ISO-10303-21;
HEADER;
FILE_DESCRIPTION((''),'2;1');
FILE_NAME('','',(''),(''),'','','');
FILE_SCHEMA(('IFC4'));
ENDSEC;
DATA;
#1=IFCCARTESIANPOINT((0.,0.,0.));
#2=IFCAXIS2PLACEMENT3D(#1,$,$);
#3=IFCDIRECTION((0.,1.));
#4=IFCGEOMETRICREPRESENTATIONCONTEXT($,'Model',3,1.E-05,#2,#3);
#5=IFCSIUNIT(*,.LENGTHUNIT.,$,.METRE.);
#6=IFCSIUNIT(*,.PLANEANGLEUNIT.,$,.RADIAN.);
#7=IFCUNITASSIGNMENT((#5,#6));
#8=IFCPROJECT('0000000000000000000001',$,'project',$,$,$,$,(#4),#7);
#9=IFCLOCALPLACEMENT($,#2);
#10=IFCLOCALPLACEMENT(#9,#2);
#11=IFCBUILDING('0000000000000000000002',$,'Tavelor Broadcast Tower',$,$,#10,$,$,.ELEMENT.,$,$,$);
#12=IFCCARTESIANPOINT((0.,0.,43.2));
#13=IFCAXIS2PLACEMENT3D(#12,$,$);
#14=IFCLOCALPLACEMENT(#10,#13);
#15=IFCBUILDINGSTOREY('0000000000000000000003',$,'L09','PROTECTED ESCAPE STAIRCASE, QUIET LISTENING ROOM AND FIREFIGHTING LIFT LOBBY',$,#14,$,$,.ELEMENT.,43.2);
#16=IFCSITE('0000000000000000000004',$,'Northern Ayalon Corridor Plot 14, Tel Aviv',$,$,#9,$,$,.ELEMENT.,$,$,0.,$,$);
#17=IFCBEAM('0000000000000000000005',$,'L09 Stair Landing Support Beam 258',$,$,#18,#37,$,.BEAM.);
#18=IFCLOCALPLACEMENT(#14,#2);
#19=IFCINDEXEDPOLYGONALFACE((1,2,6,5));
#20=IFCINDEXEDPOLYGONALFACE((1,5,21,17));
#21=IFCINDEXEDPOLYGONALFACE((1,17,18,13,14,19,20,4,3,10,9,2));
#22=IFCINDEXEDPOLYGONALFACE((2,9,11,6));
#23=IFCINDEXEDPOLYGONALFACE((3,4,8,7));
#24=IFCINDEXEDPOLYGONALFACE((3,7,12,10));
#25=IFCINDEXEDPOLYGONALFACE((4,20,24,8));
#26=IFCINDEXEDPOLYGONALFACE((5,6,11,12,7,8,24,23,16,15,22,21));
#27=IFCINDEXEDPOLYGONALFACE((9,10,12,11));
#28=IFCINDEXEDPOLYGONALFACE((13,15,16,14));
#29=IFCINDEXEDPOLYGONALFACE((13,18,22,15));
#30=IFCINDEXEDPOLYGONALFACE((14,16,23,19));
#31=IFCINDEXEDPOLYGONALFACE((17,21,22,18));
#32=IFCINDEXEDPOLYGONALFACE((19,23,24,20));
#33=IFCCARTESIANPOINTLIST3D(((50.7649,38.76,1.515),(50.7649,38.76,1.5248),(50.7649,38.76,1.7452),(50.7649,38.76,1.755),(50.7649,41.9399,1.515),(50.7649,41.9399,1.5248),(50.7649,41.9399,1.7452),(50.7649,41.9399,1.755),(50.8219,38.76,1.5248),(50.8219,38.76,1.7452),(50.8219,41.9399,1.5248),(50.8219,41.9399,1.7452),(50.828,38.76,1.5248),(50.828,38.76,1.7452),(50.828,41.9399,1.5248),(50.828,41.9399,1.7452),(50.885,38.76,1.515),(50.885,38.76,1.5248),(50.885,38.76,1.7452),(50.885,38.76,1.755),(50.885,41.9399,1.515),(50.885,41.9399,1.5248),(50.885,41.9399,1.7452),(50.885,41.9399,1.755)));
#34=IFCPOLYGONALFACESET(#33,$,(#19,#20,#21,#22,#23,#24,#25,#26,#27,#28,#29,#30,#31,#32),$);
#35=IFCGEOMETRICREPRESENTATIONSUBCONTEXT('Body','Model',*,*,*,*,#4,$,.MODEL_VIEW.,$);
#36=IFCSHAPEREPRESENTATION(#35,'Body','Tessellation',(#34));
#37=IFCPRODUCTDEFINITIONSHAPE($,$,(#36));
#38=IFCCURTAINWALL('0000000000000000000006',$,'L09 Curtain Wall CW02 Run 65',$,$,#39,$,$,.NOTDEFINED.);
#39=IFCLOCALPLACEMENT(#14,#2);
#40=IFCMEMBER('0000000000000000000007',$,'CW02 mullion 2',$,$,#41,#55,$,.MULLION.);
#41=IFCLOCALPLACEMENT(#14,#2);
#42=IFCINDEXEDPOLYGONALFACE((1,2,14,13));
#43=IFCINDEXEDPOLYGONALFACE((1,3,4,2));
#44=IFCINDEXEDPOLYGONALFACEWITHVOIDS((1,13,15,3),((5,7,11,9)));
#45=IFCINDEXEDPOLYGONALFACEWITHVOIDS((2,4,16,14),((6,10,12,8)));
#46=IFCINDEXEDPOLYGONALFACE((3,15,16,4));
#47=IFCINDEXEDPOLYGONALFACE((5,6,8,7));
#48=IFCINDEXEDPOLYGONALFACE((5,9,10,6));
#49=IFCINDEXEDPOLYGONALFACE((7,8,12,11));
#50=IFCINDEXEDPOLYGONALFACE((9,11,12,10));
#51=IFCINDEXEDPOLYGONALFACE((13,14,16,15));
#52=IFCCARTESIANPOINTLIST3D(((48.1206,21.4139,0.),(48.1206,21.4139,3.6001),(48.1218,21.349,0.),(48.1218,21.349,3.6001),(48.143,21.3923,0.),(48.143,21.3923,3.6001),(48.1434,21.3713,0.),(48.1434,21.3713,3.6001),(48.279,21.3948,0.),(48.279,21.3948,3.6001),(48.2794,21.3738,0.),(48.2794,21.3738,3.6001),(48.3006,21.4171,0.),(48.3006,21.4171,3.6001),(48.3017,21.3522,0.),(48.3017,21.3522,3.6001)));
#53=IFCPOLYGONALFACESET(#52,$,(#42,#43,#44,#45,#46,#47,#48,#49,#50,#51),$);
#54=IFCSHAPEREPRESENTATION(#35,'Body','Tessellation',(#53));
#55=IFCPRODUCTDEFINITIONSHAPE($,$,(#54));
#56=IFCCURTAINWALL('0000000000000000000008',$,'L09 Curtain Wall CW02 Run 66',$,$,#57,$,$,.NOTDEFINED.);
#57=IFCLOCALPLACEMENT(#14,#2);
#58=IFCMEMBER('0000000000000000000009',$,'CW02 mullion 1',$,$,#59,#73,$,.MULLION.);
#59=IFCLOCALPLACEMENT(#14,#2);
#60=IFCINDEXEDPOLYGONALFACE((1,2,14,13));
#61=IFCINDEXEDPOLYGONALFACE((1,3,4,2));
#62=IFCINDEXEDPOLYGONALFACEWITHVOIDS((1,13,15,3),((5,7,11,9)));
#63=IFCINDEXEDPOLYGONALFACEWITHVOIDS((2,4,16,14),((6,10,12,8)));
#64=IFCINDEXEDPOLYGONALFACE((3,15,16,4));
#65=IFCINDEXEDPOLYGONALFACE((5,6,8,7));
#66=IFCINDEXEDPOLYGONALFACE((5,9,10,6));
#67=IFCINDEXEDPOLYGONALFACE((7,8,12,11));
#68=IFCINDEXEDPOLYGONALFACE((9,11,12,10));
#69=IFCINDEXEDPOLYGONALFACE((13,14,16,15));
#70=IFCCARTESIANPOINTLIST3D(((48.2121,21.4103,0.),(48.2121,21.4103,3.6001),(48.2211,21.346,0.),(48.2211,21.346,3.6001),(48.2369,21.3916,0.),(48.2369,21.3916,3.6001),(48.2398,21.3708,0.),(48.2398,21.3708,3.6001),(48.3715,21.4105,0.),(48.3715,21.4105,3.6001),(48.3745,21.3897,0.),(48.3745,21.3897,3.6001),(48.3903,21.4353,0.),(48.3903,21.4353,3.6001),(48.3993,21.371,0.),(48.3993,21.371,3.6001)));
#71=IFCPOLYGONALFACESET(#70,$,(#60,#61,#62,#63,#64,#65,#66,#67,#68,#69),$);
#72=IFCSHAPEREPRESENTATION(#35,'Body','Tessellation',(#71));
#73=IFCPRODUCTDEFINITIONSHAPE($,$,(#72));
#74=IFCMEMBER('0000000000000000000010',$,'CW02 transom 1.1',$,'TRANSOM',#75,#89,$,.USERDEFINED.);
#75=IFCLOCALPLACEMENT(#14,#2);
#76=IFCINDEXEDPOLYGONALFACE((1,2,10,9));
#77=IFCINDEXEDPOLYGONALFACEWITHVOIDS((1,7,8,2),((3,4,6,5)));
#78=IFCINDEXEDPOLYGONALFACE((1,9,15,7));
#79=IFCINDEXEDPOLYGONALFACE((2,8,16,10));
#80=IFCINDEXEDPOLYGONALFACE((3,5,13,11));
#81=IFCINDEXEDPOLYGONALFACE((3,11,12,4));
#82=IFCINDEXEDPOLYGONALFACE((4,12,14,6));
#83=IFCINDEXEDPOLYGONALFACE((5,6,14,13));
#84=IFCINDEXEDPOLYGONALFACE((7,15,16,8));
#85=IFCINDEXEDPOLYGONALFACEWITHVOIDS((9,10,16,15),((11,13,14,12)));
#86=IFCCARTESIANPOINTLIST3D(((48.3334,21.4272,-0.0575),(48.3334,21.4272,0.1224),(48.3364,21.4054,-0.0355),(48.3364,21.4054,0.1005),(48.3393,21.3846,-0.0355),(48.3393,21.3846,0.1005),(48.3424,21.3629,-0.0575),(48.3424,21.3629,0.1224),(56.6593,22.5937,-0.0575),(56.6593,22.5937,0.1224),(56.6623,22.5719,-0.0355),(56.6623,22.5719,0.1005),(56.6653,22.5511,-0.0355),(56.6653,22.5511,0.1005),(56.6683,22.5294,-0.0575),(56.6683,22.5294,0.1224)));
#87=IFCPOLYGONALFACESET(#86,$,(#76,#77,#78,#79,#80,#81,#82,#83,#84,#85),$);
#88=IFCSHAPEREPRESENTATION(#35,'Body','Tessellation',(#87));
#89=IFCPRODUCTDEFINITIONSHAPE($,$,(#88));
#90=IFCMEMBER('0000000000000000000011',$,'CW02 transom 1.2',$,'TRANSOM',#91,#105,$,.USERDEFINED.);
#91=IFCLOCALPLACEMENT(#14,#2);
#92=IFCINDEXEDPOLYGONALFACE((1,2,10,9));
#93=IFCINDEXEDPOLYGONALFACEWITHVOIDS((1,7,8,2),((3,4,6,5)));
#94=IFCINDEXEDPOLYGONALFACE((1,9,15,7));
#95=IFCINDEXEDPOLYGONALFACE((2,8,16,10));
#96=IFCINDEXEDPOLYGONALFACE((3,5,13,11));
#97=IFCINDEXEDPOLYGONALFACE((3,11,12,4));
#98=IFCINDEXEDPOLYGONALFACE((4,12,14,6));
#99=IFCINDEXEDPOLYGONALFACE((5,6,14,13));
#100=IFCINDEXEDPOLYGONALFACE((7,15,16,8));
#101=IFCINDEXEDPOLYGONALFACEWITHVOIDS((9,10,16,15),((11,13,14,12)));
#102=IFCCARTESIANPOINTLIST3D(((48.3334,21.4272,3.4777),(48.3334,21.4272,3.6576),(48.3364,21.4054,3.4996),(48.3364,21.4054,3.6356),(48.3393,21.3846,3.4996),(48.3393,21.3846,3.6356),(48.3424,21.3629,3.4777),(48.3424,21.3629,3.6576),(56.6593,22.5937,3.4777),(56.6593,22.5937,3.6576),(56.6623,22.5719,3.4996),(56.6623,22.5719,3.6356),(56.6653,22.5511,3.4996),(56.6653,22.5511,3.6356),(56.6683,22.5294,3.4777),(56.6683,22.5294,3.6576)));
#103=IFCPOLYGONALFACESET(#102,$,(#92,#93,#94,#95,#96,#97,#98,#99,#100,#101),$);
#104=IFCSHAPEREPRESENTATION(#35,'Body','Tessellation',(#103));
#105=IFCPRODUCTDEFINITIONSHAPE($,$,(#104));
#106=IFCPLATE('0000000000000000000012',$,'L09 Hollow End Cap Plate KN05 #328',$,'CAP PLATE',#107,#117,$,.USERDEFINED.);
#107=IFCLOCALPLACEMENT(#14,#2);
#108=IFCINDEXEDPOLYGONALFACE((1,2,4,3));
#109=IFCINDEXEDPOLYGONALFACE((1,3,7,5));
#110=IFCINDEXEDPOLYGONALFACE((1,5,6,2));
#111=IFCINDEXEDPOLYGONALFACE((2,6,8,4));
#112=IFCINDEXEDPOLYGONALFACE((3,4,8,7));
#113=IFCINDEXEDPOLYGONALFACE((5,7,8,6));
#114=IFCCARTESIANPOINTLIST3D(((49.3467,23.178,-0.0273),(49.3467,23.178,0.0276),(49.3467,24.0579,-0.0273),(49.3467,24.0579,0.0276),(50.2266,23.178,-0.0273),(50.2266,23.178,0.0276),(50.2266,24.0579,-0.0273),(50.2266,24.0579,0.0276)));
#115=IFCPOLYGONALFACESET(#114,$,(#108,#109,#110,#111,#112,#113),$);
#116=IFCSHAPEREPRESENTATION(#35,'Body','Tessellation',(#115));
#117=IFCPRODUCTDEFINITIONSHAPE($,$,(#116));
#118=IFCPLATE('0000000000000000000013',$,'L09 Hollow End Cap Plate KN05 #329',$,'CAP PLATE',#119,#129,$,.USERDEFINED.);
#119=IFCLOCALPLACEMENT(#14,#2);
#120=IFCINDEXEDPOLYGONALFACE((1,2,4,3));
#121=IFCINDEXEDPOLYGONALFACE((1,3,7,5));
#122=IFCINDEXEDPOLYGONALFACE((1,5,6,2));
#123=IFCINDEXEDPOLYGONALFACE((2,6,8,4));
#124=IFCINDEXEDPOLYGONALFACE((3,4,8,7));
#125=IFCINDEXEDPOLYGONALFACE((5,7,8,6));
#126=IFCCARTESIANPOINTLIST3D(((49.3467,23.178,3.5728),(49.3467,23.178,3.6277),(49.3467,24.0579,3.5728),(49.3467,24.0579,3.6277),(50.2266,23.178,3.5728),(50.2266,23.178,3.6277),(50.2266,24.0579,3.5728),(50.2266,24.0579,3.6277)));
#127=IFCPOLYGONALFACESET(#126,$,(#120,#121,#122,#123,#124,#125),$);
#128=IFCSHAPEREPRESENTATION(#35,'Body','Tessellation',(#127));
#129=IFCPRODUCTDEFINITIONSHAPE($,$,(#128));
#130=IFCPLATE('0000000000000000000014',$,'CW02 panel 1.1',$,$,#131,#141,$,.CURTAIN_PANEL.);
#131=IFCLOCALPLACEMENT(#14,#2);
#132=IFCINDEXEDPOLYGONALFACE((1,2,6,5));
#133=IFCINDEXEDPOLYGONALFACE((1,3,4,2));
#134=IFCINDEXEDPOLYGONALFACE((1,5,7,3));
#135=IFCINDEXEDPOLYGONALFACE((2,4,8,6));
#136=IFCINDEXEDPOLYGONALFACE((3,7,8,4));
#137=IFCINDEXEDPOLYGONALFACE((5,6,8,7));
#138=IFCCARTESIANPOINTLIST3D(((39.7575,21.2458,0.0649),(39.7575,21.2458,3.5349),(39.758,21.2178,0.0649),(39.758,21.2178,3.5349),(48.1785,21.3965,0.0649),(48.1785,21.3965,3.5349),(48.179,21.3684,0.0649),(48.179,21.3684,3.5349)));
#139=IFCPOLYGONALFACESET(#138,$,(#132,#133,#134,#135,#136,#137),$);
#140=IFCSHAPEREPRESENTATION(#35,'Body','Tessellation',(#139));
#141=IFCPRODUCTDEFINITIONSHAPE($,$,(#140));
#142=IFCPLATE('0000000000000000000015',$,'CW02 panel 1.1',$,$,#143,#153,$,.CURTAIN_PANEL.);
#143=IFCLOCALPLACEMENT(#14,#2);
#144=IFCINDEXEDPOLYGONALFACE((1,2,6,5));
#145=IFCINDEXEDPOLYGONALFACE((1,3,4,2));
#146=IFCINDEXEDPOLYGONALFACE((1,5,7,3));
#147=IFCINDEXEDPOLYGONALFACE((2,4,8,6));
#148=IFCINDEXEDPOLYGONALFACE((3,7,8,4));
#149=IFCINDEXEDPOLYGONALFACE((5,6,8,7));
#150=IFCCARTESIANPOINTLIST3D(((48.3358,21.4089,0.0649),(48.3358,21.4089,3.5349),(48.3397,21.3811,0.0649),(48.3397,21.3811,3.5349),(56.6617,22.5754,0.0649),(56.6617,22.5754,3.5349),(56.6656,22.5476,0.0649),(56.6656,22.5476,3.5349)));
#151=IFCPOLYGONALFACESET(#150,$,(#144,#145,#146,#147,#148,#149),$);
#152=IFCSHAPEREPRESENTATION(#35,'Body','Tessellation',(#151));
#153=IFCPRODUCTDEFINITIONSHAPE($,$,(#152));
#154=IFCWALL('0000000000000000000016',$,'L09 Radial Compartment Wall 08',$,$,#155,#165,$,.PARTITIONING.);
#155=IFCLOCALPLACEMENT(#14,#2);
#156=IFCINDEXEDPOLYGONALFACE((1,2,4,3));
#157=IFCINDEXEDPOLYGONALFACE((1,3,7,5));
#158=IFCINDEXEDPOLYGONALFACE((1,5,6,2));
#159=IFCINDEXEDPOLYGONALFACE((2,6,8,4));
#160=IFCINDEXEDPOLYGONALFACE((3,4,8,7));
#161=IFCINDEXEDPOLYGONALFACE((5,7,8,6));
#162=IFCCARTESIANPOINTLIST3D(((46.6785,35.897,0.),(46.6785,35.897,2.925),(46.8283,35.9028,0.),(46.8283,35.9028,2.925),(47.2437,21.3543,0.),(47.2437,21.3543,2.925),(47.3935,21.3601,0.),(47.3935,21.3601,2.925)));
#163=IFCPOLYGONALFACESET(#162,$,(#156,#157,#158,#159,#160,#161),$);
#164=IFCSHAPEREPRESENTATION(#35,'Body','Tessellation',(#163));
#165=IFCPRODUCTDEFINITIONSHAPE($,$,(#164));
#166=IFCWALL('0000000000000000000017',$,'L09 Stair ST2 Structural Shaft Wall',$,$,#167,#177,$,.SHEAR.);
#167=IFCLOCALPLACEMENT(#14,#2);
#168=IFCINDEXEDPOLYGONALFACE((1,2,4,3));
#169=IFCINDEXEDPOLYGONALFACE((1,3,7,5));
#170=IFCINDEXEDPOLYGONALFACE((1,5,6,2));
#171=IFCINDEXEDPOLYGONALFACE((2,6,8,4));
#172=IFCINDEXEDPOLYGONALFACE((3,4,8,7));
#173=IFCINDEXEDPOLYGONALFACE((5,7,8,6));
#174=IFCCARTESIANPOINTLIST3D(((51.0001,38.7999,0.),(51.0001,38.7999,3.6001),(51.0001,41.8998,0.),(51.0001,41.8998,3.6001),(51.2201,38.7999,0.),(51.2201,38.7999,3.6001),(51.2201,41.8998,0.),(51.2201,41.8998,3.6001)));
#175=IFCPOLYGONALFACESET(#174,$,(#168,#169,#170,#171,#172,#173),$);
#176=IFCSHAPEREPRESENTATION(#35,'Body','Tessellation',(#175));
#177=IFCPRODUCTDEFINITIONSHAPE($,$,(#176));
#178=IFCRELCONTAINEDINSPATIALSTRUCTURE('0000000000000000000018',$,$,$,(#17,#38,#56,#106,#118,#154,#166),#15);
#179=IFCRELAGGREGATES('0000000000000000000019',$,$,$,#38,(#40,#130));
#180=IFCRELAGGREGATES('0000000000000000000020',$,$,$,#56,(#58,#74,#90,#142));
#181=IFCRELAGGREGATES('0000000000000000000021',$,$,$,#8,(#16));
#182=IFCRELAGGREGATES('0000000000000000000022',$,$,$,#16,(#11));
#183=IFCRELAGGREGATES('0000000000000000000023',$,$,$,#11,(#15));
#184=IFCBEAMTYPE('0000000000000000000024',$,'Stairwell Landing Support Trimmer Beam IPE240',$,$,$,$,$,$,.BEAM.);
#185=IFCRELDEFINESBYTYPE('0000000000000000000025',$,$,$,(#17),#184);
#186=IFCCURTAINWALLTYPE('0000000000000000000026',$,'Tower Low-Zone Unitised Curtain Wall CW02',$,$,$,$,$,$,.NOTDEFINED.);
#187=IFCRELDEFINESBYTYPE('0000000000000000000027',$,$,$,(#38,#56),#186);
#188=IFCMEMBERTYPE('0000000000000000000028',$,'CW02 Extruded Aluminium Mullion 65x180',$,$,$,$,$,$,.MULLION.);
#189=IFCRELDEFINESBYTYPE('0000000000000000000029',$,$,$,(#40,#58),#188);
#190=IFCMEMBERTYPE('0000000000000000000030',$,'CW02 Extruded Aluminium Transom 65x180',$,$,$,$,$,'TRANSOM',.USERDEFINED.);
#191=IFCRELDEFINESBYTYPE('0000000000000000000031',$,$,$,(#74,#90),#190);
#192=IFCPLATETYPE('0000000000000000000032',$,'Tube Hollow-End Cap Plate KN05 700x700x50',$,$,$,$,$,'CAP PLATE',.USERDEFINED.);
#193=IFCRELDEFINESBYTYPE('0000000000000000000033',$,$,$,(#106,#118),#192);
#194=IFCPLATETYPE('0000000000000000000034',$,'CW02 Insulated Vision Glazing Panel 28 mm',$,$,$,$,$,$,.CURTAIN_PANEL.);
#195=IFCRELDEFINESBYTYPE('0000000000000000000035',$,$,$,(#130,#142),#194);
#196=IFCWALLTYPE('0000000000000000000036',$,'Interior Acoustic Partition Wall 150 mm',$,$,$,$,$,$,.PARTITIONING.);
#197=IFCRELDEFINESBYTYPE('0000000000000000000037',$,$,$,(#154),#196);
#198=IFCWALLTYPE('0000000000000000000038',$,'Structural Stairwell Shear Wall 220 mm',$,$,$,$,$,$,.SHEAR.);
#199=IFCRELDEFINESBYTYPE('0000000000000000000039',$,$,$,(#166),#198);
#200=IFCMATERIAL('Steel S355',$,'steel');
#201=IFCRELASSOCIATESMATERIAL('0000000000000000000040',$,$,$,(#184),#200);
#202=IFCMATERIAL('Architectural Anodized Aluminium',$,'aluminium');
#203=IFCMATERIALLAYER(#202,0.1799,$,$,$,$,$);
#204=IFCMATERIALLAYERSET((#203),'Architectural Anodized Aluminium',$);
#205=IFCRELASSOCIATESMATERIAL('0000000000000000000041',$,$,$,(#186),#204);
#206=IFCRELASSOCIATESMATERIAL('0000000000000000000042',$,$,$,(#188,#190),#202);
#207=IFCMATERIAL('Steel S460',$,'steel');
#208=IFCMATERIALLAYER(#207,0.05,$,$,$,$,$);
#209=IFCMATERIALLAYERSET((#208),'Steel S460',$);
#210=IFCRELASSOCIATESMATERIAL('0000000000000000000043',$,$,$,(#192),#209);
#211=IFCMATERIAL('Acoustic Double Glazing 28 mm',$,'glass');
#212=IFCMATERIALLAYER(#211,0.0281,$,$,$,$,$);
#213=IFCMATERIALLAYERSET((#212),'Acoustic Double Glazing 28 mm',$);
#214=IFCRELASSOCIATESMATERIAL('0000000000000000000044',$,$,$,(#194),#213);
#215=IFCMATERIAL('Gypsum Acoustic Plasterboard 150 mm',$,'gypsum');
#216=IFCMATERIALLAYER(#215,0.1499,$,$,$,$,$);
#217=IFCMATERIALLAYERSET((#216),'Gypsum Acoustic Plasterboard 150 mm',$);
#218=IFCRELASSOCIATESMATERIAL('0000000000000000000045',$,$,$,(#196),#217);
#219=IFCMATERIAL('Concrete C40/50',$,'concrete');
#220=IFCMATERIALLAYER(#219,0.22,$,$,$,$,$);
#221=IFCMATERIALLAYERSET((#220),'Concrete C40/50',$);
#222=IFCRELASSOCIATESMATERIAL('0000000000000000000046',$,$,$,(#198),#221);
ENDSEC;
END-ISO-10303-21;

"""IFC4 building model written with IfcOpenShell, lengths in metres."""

from ifc_helpers import new_model, si_unit, direction, frame, frame_2d, origin, origin_2d, place, context, subcontext, project, spatial, rectangle, hollow_rectangle, i_section, extrude, source, transform, mapped, material, layer, layer_set, material_profile, profile_set, type_object, type_shapes, element, aggregate, save


model = new_model("IFC4")

# Units and contexts
model_context = context("Model", 3, precision=1e-05, world=origin(), true_north=direction((0.0, 1.0)))
body_context = subcontext(model_context, "Body", "Model", "MODEL_VIEW")
ifc_project = project(units=[si_unit("LENGTHUNIT", "METRE"), si_unit("PLANEANGLEUNIT", "RADIAN")], contexts=[model_context])

# Site, building, storey
site_placement = place(None, origin())
site = spatial("IfcSite", under=ifc_project, at=site_placement, Name="Northern Ayalon Corridor Plot 14, Tel Aviv", CompositionType="ELEMENT", RefElevation=0.0)
building_placement = place(site_placement, origin())
building = spatial("IfcBuilding", under=site, at=building_placement, Name="Tavelor Broadcast Tower", CompositionType="ELEMENT")
storey_placement = place(building_placement, frame((0.0, 0.0, 43.2)))
storey = spatial("IfcBuildingStorey", under=building, at=storey_placement, Name="L09", Description="PROTECTED ESCAPE STAIRCASE, QUIET LISTENING ROOM AND FIREFIGHTING LIFT LOBBY", CompositionType="ELEMENT", Elevation=43.2)

# Shared definitions
ifc_material_1 = material(Name="Steel S460", Category="steel")

# Beam
ifc_material_2 = material(Name="Concrete C40/50", Category="concrete")
ifc_material_3 = material(Name="Steel S355", Category="steel")
ifc_material_profile_1 = material_profile(ifc_material_3, i_section(OverallWidth=0.1201, OverallDepth=0.24, WebThickness=0.0061, FlangeThickness=0.0098, at=origin_2d()), Name="IPE 240")
ifc_profile_set_1 = profile_set([ifc_material_profile_1], Name="Steel S355")
beam_type_1 = type_object("IfcBeamType", Name="Stairwell Landing Support Trimmer Beam IPE240", PredefinedType="BEAM", material=ifc_profile_set_1)
for number, where, z_axis, x_axis, name in (
    (1, (50.825, 38.76, 1.635), (0.0, 1.0, 0.0), (-1.0, 0.0, 0.0), "L09 Stair Landing Support Beam 258"),
):
    element("IfcBeam", number, at=place(storey_placement, frame(where, z_axis=z_axis, x_axis=x_axis)), inside=storey, type_object=beam_type_1, Name=name, PredefinedType="BEAM", context=body_context, shape_type="SweptSolid", body=[
        extrude(i_section(OverallWidth=0.1201, OverallDepth=0.24, WebThickness=0.0061, FlangeThickness=0.0098, at=origin_2d()), origin(), (0.0, 0.0, 1.0), 3.1799),
    ])

# Curtain wall, member
ifc_material_4 = material(Name="Architectural Anodized Aluminium", Category="aluminium")
ifc_layer_1 = layer(ifc_material_4, 0.1799)
ifc_layer_set_1 = layer_set([ifc_layer_1], Name="Architectural Anodized Aluminium")
curtain_wall_type = type_object("IfcCurtainWallType", Name="Tower Low-Zone Unitised Curtain Wall CW02", PredefinedType="NOTDEFINED", material=ifc_layer_set_1)
curtain_wall_1_placement = place(storey_placement, origin())
curtain_wall_1 = element("IfcCurtainWall", 2, at=curtain_wall_1_placement, inside=storey, type_object=curtain_wall_type, Name="L09 Curtain Wall CW02 Run 65", PredefinedType="NOTDEFINED")
ifc_material_profile_2 = material_profile(ifc_material_4, hollow_rectangle(XDim=0.0649, YDim=0.1799, WallThickness=0.022, at=origin_2d()), Name="RHS 65x180x22")
ifc_profile_set_2 = profile_set([ifc_material_profile_2], Name="Architectural Anodized Aluminium")
member_type_1 = type_object("IfcMemberType", Name="CW02 Extruded Aluminium Mullion 65x180", PredefinedType="MULLION", material=ifc_profile_set_2)
shared_shape_1 = source(origin(), body_context, "Body", "SweptSolid", [
    extrude(hollow_rectangle(XDim=0.0649, YDim=0.1799, WallThickness=0.022, at=origin_2d()), origin(), (0.0, 0.0, 1.0), 3.6001),
])
type_shapes(member_type_1, [shared_shape_1])
member_1_placement = place(storey_placement, frame((48.2112, 21.3831, 0.0), z_axis=(0.0, 0.0, 1.0), x_axis=(-0.01789, 0.99984, 0.0)))
member_1 = element("IfcMember", 3, at=member_1_placement, type_object=member_type_1, Name="CW02 mullion 2", PredefinedType="MULLION", context=body_context, shape_type="MappedRepresentation", body=[
    mapped(shared_shape_1, transform((0.0, 0.0, 0.0), scale=1.0)),
])

# Curtain wall, members
curtain_wall_2_placement = place(storey_placement, origin())
curtain_wall_2 = element("IfcCurtainWall", 4, at=curtain_wall_2_placement, inside=storey, type_object=curtain_wall_type, Name="L09 Curtain Wall CW02 Run 66", PredefinedType="NOTDEFINED")
member_2_placement = place(storey_placement, frame((48.3057, 21.3906, 0.0), z_axis=(0.0, 0.0, 1.0), x_axis=(-0.138745, 0.990328, 0.0)))
member_2 = element("IfcMember", 5, at=member_2_placement, type_object=member_type_1, Name="CW02 mullion 1", PredefinedType="MULLION", context=body_context, shape_type="MappedRepresentation", body=[
    mapped(shared_shape_1, transform((0.0, 0.0, 0.0), scale=1.0)),
])
ifc_material_profile_3 = material_profile(ifc_material_4, hollow_rectangle(XDim=0.0649, YDim=0.1799, WallThickness=0.022, at=origin_2d()), Name="RHS 65x180x22")
ifc_profile_set_3 = profile_set([ifc_material_profile_3], Name="Architectural Anodized Aluminium")
member_type_2 = type_object("IfcMemberType", Name="CW02 Extruded Aluminium Transom 65x180", ElementType="TRANSOM", PredefinedType="USERDEFINED", material=ifc_profile_set_3)
shared_shape_2 = source(origin(), body_context, "Body", "SweptSolid", [
    extrude(hollow_rectangle(XDim=0.0649, YDim=0.1799, WallThickness=0.022, at=origin_2d()), origin(), (0.0, 0.0, 1.0), 8.4072),
])
type_shapes(member_type_2, [shared_shape_2])
member_3_placement = place(storey_placement, frame((48.3379, 21.395, 0.0325), z_axis=(0.990327, 0.13875, 0.0), x_axis=(-0.13875, 0.990327, 0.0)))
member_3 = element("IfcMember", 6, at=member_3_placement, type_object=member_type_2, Name="CW02 transom 1.1", ObjectType="TRANSOM", PredefinedType="USERDEFINED", context=body_context, shape_type="MappedRepresentation", body=[
    mapped(shared_shape_2, transform((0.0, 0.0, 0.0), scale=1.0)),
])
member_4_placement = place(storey_placement, frame((48.3379, 21.395, 3.5676), z_axis=(0.990327, 0.13875, 0.0), x_axis=(-0.13875, 0.990327, 0.0)))
member_4 = element("IfcMember", 7, at=member_4_placement, type_object=member_type_2, Name="CW02 transom 1.2", ObjectType="TRANSOM", PredefinedType="USERDEFINED", context=body_context, shape_type="MappedRepresentation", body=[
    mapped(shared_shape_2, transform((0.0, 0.0, 0.0), scale=1.0)),
])

# Plates
ifc_layer_2 = layer(ifc_material_1, 0.05)
ifc_layer_set_2 = layer_set([ifc_layer_2], Name="Steel S460")
plate_type_1 = type_object("IfcPlateType", Name="Tube Hollow-End Cap Plate KN05 700x700x50", ElementType="CAP PLATE", PredefinedType="USERDEFINED", material=ifc_layer_set_2)
shared_shape_3 = source(origin(), body_context, "Body", "SweptSolid", [
    extrude(rectangle(XDim=0.8799, YDim=0.8799, at=origin_2d()), origin(), (0.0, 0.0, 1.0), 0.0549),
])
type_shapes(plate_type_1, [shared_shape_3])
for number, where, z_axis, x_axis, name in (
    (8, (49.7866, 23.6179, -0.0273), (0.0, 0.0, 1.0), (1.0, 0.0, 0.0), "L09 Hollow End Cap Plate KN05 #328"),
    (9, (49.7866, 23.6179, 3.5728), (0.0, 0.0, 1.0), (1.0, 0.0, 0.0), "L09 Hollow End Cap Plate KN05 #329"),
):
    element("IfcPlate", number, at=place(storey_placement, frame(where, z_axis=z_axis, x_axis=x_axis)), inside=storey, type_object=plate_type_1, Name=name, ObjectType="CAP PLATE", PredefinedType="USERDEFINED", context=body_context, shape_type="MappedRepresentation", body=[
        mapped(shared_shape_3, transform((0.0, 0.0, 0.0), scale=1.0)),
    ])

# Plates
ifc_material_5 = material(Name="Acoustic Double Glazing 28 mm", Category="glass")
ifc_layer_3 = layer(ifc_material_5, 0.0281)
ifc_layer_set_3 = layer_set([ifc_layer_3], Name="Acoustic Double Glazing 28 mm")
plate_type_2 = type_object("IfcPlateType", Name="CW02 Insulated Vision Glazing Panel 28 mm", PredefinedType="CURTAIN_PANEL", material=ifc_layer_set_3)
shared_shape_4 = source(origin(), body_context, "Body", "SweptSolid", [
    extrude(rectangle(XDim=8.4224, YDim=0.0281, at=origin_2d()), origin(), (0.0, 0.0, 1.0), 3.47),
])
plate_1_placement = place(storey_placement, frame((43.9683, 21.3071, 0.0649), z_axis=(0.0, 0.0, 1.0), x_axis=(0.99984, 0.01789, 0.0)))
plate_1 = element("IfcPlate", 10, at=plate_1_placement, type_object=plate_type_2, Name="CW02 panel 1.1", PredefinedType="CURTAIN_PANEL", context=body_context, shape_type="MappedRepresentation", body=[
    mapped(shared_shape_4, transform((0.0, 0.0, 0.0), scale=1.0)),
])
aggregate(curtain_wall_1, [member_1, plate_1])
shared_shape_5 = source(origin(), body_context, "Body", "SweptSolid", [
    extrude(rectangle(XDim=8.4072, YDim=0.0281, at=origin_2d()), origin(), (0.0, 0.0, 1.0), 3.47),
])
type_shapes(plate_type_2, [shared_shape_4, shared_shape_5])
plate_2_placement = place(storey_placement, frame((52.5007, 21.9783, 0.0649), z_axis=(0.0, 0.0, 1.0), x_axis=(0.990328, 0.138745, 0.0)))
plate_2 = element("IfcPlate", 11, at=plate_2_placement, type_object=plate_type_2, Name="CW02 panel 1.1", PredefinedType="CURTAIN_PANEL", context=body_context, shape_type="MappedRepresentation", body=[
    mapped(shared_shape_5, transform((0.0, 0.0, 0.0), scale=1.0)),
])
aggregate(curtain_wall_2, [member_2, member_3, member_4, plate_2])

# Walls
ifc_material_6 = material(Name="Gypsum Acoustic Plasterboard 150 mm", Category="gypsum")
ifc_layer_4 = layer(ifc_material_6, 0.1499)
ifc_layer_set_4 = layer_set([ifc_layer_4], Name="Gypsum Acoustic Plasterboard 150 mm")
wall_type_1 = type_object("IfcWallType", Name="Interior Acoustic Partition Wall 150 mm", PredefinedType="PARTITIONING", material=ifc_layer_set_4)
wall_1_placement = place(storey_placement, frame((46.7534, 35.8999, 0.0), z_axis=(0.0, 0.0, 1.0), x_axis=(0.038834, -0.999246, 0.0)))
element("IfcWall", 12, at=wall_1_placement, inside=storey, type_object=wall_type_1, Name="L09 Radial Compartment Wall 08", PredefinedType="PARTITIONING", context=body_context, shape_type="SweptSolid", body=[
    extrude(rectangle(XDim=14.5537, YDim=0.1499, at=frame_2d((7.2769, 0.0))), origin(), (0.0, 0.0, 1.0), 2.925),
])
ifc_layer_5 = layer(ifc_material_2, 0.22)
ifc_layer_set_5 = layer_set([ifc_layer_5], Name="Concrete C40/50")
wall_type_2 = type_object("IfcWallType", Name="Structural Stairwell Shear Wall 220 mm", PredefinedType="SHEAR", material=ifc_layer_set_5)
wall_2_placement = place(storey_placement, frame((51.1101, 38.8, 0.0), z_axis=(0.0, 0.0, 1.0), x_axis=(0.0, 1.0, 0.0)))
element("IfcWall", 13, at=wall_2_placement, inside=storey, type_object=wall_type_2, Name="L09 Stair ST2 Structural Shaft Wall", PredefinedType="SHEAR", context=body_context, shape_type="SweptSolid", body=[
    extrude(rectangle(XDim=3.0999, YDim=0.22, at=frame_2d((1.5498, 0.0))), origin(), (0.0, 0.0, 1.0), 3.6001),
])

save(model, "model.ifc")
